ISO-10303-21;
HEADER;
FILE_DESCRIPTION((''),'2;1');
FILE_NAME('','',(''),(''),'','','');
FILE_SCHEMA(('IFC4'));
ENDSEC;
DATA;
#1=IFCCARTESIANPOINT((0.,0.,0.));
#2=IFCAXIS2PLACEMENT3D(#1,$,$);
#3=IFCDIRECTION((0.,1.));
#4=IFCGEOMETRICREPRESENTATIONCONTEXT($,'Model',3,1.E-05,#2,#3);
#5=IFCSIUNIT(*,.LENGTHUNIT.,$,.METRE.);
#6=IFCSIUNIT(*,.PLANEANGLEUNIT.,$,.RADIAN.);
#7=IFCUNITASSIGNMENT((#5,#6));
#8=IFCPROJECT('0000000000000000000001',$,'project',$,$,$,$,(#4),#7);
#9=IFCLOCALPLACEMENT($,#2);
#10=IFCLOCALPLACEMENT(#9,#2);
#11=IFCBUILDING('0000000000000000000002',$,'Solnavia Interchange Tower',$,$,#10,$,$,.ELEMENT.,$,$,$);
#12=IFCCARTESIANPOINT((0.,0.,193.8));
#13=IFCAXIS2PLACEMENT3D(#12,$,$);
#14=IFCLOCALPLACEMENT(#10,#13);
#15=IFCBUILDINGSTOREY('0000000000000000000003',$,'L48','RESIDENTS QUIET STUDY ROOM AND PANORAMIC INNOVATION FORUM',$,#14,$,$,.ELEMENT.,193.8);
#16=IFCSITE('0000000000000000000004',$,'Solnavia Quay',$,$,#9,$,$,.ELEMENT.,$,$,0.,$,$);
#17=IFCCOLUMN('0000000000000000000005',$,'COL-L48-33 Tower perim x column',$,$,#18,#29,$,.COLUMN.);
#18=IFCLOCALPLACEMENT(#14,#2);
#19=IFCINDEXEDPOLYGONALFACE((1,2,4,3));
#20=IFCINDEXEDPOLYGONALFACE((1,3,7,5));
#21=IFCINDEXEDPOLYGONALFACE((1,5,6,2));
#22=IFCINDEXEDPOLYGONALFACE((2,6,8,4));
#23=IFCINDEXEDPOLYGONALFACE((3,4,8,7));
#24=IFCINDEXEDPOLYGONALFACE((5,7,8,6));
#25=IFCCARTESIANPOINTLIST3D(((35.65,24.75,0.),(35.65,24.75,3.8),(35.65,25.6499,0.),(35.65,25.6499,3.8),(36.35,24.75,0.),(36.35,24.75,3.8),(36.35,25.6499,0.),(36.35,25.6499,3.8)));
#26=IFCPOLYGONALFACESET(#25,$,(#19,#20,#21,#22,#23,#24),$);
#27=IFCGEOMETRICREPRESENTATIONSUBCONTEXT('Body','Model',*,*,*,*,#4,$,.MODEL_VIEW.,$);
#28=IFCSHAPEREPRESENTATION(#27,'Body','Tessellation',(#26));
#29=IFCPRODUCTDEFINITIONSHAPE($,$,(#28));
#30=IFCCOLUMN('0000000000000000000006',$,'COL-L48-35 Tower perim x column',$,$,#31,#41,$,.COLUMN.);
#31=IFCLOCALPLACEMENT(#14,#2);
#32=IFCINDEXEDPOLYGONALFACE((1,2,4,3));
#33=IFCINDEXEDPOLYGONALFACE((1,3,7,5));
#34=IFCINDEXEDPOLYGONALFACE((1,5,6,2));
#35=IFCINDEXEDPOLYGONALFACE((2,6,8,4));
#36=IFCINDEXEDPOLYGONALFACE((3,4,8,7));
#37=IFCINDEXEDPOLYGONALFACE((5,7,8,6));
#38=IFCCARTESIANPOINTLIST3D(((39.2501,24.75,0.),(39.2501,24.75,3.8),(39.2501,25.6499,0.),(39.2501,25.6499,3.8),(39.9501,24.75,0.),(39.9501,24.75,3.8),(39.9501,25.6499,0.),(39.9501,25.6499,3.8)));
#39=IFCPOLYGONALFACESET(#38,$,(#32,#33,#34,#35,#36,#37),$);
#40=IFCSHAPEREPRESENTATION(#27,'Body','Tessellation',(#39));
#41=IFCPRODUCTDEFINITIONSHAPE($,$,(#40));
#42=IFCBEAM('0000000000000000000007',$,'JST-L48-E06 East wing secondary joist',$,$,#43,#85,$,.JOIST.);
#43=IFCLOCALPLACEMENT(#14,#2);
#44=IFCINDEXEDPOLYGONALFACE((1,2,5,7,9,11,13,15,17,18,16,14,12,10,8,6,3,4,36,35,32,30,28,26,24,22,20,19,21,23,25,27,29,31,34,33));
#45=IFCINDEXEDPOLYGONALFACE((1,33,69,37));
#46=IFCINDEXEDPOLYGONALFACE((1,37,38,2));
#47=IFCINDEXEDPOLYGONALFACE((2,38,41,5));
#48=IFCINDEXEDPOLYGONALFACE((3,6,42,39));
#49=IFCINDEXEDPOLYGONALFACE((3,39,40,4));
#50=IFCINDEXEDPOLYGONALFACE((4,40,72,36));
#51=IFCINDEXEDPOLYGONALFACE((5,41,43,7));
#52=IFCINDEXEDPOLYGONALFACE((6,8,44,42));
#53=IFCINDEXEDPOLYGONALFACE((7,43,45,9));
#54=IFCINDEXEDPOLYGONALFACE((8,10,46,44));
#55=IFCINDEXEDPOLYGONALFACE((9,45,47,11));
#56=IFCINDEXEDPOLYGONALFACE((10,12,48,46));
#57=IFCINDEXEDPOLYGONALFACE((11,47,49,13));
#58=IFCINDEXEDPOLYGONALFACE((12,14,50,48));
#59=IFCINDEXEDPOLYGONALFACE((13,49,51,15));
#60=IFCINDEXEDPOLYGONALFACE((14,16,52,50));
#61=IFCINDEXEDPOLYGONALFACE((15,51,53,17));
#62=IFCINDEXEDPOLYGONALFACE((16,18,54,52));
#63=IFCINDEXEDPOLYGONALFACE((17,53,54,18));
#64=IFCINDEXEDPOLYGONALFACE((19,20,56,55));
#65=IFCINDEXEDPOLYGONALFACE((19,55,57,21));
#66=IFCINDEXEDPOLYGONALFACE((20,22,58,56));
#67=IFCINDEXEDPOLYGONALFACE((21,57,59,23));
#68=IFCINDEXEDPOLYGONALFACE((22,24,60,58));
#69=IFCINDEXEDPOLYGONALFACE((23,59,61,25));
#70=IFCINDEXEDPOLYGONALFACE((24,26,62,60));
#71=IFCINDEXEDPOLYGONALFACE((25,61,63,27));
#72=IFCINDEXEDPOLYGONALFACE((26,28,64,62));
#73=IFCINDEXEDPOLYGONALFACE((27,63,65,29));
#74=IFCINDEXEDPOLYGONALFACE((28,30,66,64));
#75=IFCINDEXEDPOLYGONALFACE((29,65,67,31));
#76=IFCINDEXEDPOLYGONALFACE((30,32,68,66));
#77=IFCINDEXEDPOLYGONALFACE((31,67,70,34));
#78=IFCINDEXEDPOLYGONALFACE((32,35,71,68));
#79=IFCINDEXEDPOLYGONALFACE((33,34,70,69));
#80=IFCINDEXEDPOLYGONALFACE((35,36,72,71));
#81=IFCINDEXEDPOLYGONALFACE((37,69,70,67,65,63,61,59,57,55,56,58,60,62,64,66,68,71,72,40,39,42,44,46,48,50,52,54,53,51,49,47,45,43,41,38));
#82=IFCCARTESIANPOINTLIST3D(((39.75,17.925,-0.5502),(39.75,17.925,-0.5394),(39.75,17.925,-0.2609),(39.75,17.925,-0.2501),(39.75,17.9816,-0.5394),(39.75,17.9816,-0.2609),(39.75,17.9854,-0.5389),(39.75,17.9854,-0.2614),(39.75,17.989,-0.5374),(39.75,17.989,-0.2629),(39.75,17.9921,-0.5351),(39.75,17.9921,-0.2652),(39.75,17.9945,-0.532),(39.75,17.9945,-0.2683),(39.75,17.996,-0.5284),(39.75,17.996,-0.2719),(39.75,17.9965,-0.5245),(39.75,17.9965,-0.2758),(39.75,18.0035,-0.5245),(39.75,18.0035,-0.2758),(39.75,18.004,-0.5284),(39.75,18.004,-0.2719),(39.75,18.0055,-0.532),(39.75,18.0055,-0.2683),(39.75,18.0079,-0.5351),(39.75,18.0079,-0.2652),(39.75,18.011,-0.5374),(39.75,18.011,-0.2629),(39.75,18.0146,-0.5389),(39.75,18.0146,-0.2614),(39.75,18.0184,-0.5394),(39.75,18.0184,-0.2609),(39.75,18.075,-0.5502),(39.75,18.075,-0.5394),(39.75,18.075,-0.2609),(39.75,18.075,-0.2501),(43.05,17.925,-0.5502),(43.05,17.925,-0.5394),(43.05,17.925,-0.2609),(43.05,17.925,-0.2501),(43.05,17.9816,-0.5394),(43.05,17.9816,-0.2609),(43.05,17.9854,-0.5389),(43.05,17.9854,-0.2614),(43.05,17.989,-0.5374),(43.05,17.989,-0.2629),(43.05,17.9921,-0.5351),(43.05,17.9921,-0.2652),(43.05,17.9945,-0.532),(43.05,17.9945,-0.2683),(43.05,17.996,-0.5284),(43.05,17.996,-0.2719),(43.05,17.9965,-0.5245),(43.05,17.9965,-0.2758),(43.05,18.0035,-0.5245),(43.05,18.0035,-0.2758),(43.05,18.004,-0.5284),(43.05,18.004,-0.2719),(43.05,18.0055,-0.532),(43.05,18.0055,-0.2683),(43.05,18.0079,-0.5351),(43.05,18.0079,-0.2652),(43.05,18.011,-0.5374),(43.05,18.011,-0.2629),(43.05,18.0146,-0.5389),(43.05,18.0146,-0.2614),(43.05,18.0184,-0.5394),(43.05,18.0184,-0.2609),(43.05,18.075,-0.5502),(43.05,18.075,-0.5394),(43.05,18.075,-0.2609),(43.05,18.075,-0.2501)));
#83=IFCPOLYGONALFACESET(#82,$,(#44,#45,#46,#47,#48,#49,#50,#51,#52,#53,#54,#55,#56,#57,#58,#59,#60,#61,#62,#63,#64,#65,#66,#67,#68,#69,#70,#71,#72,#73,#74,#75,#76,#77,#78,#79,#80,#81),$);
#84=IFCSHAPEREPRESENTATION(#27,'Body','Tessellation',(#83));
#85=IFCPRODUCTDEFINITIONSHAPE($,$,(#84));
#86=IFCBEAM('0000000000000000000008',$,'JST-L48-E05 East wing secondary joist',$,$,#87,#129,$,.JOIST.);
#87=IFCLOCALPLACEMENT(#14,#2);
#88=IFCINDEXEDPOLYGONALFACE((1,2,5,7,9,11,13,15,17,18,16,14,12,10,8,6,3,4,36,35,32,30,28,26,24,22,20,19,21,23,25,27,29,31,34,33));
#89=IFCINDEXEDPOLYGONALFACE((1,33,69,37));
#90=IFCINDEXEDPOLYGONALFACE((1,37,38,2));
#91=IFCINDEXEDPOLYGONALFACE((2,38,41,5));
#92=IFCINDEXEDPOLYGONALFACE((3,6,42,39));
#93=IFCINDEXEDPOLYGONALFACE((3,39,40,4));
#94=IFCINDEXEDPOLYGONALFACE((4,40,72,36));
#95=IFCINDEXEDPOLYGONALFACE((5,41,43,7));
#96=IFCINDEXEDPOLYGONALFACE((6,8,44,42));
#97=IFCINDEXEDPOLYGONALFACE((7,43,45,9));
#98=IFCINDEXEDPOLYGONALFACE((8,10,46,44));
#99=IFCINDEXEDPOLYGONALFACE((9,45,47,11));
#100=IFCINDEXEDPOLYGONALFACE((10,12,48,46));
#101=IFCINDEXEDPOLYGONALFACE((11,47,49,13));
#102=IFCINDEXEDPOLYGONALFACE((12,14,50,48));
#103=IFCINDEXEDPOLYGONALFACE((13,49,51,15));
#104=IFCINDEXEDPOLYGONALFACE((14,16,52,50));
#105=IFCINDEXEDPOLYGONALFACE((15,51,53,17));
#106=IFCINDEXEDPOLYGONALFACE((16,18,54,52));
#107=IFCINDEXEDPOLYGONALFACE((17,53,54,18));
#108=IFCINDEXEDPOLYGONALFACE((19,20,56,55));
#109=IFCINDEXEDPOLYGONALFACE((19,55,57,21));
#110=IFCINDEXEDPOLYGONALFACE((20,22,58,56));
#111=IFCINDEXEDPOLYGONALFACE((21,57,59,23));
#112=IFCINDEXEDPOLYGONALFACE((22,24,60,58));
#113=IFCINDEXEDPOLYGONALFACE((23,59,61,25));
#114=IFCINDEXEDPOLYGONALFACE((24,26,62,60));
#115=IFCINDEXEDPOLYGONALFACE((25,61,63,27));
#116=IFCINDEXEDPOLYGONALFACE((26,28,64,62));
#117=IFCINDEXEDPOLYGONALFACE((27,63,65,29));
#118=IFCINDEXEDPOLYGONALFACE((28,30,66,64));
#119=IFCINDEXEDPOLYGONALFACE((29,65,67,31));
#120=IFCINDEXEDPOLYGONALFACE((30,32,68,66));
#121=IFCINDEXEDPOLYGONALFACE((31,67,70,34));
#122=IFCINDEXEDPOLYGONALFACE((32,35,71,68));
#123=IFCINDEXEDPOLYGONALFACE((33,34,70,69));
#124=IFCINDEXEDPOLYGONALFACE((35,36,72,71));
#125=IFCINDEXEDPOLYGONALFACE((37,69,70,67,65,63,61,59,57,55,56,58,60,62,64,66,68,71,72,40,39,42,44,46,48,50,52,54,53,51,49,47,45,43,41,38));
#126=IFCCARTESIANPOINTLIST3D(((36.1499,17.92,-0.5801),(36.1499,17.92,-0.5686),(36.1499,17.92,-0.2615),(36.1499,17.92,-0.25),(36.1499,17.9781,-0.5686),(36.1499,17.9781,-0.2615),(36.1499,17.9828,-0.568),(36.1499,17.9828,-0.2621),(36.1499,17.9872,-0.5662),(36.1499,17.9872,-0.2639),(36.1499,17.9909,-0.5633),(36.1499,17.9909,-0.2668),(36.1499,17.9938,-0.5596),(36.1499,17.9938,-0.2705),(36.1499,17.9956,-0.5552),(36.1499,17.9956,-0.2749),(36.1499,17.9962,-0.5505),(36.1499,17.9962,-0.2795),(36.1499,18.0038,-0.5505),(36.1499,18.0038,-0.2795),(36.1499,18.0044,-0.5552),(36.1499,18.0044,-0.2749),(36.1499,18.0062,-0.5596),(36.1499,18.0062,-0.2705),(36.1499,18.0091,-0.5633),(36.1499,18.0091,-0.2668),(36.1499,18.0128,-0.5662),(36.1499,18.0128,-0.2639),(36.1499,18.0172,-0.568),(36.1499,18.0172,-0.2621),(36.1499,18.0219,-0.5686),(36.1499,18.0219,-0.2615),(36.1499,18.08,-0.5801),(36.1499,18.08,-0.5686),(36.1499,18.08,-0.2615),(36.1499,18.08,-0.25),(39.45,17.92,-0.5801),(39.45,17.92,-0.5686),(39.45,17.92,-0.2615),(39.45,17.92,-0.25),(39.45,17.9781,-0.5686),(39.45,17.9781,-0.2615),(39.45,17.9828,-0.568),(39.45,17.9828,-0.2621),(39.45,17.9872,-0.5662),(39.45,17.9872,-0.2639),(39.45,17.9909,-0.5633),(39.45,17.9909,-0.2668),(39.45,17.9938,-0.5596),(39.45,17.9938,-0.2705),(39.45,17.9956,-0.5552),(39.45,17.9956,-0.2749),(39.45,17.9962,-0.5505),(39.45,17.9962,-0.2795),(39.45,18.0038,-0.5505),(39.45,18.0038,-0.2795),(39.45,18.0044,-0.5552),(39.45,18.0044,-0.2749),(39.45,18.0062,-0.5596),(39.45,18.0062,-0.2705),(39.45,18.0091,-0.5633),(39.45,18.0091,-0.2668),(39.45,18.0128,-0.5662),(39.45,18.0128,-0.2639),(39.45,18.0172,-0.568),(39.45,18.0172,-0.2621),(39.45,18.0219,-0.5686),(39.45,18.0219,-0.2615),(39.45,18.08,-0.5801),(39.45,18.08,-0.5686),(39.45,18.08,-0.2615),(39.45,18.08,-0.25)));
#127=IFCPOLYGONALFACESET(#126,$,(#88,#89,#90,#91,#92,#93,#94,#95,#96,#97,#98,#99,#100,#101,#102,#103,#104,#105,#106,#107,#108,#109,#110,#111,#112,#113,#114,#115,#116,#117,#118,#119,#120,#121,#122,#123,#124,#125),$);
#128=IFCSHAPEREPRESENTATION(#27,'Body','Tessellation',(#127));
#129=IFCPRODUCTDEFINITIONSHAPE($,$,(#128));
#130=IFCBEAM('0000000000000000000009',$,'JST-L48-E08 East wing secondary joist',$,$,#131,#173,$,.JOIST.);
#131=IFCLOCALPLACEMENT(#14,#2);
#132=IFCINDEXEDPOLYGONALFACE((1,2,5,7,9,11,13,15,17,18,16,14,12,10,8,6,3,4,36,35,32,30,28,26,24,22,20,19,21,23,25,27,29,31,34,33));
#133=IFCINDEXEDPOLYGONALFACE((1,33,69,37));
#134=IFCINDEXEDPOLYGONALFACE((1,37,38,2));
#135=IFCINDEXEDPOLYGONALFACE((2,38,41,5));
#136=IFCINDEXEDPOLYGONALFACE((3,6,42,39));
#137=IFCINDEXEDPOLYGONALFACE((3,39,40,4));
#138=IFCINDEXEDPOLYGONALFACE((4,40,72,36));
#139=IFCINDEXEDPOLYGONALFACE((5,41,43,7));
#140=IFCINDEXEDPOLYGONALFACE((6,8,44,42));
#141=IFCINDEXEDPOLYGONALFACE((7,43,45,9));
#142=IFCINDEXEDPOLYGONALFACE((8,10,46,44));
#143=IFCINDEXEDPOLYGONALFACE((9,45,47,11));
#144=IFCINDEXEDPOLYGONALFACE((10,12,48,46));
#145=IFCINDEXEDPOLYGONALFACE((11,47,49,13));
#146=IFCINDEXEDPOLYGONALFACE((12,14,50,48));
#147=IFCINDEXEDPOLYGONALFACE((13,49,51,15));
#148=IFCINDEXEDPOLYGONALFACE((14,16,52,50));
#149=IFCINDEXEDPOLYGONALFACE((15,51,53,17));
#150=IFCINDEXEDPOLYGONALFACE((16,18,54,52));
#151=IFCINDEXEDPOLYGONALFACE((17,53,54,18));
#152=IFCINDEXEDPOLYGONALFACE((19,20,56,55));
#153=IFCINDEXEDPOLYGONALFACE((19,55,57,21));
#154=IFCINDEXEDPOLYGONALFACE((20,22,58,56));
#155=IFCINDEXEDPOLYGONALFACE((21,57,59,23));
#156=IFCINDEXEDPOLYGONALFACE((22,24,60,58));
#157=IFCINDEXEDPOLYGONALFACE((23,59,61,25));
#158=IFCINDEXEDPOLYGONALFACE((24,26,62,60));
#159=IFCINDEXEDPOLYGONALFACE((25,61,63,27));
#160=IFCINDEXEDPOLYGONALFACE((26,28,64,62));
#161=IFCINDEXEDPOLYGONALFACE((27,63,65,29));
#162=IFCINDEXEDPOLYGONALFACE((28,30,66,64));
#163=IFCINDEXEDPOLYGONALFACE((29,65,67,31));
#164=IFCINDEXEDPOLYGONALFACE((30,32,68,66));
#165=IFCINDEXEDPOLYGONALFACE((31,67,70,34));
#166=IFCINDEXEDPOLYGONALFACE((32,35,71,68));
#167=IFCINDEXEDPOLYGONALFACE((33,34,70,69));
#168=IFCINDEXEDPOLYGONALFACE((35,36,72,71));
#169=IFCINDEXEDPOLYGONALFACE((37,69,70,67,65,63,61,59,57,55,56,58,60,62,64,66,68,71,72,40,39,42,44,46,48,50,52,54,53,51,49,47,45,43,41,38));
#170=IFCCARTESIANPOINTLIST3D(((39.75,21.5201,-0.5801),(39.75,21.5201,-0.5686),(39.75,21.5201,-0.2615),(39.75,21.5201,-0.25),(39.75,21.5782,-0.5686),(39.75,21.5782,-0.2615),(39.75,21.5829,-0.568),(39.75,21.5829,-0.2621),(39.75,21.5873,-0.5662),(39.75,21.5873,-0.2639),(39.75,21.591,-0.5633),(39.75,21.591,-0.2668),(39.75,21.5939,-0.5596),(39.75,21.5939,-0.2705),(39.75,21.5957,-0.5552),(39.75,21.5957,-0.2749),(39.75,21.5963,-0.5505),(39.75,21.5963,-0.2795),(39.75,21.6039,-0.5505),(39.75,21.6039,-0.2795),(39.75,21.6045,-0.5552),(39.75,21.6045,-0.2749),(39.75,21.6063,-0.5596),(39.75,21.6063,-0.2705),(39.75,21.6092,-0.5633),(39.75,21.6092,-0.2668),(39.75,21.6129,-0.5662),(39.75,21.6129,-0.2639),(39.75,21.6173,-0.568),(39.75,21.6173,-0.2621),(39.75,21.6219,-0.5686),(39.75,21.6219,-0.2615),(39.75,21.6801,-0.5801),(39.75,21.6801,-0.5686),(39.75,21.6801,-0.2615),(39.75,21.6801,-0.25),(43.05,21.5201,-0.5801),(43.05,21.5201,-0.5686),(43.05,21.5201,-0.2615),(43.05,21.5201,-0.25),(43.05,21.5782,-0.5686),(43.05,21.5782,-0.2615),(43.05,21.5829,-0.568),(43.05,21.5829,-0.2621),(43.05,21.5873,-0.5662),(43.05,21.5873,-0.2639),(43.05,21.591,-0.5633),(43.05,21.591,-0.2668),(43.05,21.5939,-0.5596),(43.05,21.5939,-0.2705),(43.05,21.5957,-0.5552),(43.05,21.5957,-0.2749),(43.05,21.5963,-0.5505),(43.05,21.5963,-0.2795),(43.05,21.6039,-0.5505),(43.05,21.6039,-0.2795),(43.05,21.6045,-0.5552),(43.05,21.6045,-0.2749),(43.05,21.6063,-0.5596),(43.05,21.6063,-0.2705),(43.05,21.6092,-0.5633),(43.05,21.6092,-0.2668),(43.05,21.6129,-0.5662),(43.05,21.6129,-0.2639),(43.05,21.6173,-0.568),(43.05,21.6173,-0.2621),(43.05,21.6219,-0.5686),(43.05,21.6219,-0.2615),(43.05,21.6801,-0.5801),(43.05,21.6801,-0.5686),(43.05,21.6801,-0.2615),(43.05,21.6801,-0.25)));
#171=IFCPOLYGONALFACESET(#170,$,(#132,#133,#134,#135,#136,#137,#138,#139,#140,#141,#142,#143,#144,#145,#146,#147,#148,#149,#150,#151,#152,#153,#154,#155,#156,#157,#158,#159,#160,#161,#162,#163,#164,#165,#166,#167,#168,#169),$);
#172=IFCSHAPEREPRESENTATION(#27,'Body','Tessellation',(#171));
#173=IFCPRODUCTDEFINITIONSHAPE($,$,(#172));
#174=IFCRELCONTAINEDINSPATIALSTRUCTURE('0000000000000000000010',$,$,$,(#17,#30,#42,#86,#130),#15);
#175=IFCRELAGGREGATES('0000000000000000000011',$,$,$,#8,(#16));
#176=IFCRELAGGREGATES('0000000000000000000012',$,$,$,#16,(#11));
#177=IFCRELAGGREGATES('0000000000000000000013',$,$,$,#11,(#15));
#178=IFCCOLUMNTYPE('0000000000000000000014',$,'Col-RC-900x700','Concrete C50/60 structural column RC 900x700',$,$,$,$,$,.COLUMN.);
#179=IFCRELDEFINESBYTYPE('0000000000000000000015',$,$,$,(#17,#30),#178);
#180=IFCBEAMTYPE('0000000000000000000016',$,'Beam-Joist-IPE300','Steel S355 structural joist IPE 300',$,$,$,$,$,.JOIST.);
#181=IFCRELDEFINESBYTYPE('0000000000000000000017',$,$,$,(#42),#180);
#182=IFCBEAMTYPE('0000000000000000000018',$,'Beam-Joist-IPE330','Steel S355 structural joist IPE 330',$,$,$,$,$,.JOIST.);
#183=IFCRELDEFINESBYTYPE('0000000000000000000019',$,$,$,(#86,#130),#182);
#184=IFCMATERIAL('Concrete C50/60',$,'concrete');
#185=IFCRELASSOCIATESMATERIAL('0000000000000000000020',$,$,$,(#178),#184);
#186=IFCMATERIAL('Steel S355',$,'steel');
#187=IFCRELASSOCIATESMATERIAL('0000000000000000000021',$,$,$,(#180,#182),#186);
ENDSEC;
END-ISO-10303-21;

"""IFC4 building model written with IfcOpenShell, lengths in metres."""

from ifc_helpers import new_model, si_unit, direction, frame, origin, origin_2d, place, context, subcontext, project, spatial, rectangle, i_section, extrude, material, material_profile, profile_set, type_object, element, save


model = new_model("IFC4")

# Units and contexts
model_context = context("Model", 3, precision=1e-05, world=origin(), true_north=direction((0.0, 1.0)))
body_context = subcontext(model_context, "Body", "Model", "MODEL_VIEW")
ifc_project = project(units=[si_unit("LENGTHUNIT", "METRE"), si_unit("PLANEANGLEUNIT", "RADIAN")], contexts=[model_context])

# Site, building, storey
site_placement = place(None, origin())
site = spatial("IfcSite", under=ifc_project, at=site_placement, Name="Solnavia Quay", CompositionType="ELEMENT", RefElevation=0.0)
building_placement = place(site_placement, origin())
building = spatial("IfcBuilding", under=site, at=building_placement, Name="Solnavia Interchange Tower", CompositionType="ELEMENT")
storey_placement = place(building_placement, frame((0.0, 0.0, 193.8)))
storey = spatial("IfcBuildingStorey", under=building, at=storey_placement, Name="L48", Description="RESIDENTS QUIET STUDY ROOM AND PANORAMIC INNOVATION FORUM", CompositionType="ELEMENT", Elevation=193.8)

# Columns
ifc_material_1 = material(Name="Concrete C50/60", Category="concrete")
ifc_material_profile_1 = material_profile(ifc_material_1, rectangle(XDim=0.7, YDim=0.8999, at=origin_2d()), Name="RC 900x700")
ifc_profile_set_1 = profile_set([ifc_material_profile_1], Name="Concrete C50/60")
column_type = type_object("IfcColumnType", Name="Col-RC-900x700", Description="Concrete C50/60 structural column RC 900x700", PredefinedType="COLUMN", material=ifc_profile_set_1)
for number, where, z_axis, x_axis, name in (
    (1, (36.0, 25.2, 0.0), (0.0, 0.0, 1.0), (1.0, 0.0, 0.0), "COL-L48-33 Tower perim x column"),
    (2, (39.6001, 25.2, 0.0), (0.0, 0.0, 1.0), (1.0, 0.0, 0.0), "COL-L48-35 Tower perim x column"),
):
    element("IfcColumn", number, at=place(storey_placement, frame(where, z_axis=z_axis, x_axis=x_axis)), inside=storey, type_object=column_type, Name=name, PredefinedType="COLUMN", context=body_context, shape_type="SweptSolid", body=[
        extrude(rectangle(XDim=0.7, YDim=0.8999, at=origin_2d()), origin(), (0.0, 0.0, 1.0), 3.8),
    ])

# Beams
ifc_material_2 = material(Name="Steel S355", Category="steel")
ifc_material_profile_2 = material_profile(ifc_material_2, i_section(OverallWidth=0.1499, OverallDepth=0.3, WebThickness=0.0071, FlangeThickness=0.0107, FilletRadius=0.0149, at=origin_2d()), Name="IPE 300")
ifc_profile_set_2 = profile_set([ifc_material_profile_2], Name="Steel S355")
beam_type_1 = type_object("IfcBeamType", Name="Beam-Joist-IPE300", Description="Steel S355 structural joist IPE 300", PredefinedType="JOIST", material=ifc_profile_set_2)
beam_1_placement = place(storey_placement, frame((39.75, 18.0, -0.4001), z_axis=(1.0, 0.0, 0.0), x_axis=(0.0, 1.0, 0.0)))
element("IfcBeam", 3, at=beam_1_placement, inside=storey, type_object=beam_type_1, Name="JST-L48-E06 East wing secondary joist", PredefinedType="JOIST", context=body_context, shape_type="SweptSolid", body=[
    extrude(i_section(OverallWidth=0.1499, OverallDepth=0.3, WebThickness=0.0071, FlangeThickness=0.0107, FilletRadius=0.0149, at=origin_2d()), origin(), (0.0, 0.0, 1.0), 3.3),
])
ifc_material_profile_3 = material_profile(ifc_material_2, i_section(OverallWidth=0.1599, OverallDepth=0.3301, WebThickness=0.0076, FlangeThickness=0.0115, FilletRadius=0.0181, at=origin_2d()), Name="IPE 330")
ifc_profile_set_3 = profile_set([ifc_material_profile_3], Name="Steel S355")
beam_type_2 = type_object("IfcBeamType", Name="Beam-Joist-IPE330", Description="Steel S355 structural joist IPE 330", PredefinedType="JOIST", material=ifc_profile_set_3)
for number, where, z_axis, x_axis, name in (
    (4, (36.1499, 18.0, -0.415), (1.0, 0.0, 0.0), (0.0, 1.0, 0.0), "JST-L48-E05 East wing secondary joist"),
    (5, (39.75, 21.6001, -0.415), (1.0, 0.0, 0.0), (0.0, 1.0, 0.0), "JST-L48-E08 East wing secondary joist"),
):
    element("IfcBeam", number, at=place(storey_placement, frame(where, z_axis=z_axis, x_axis=x_axis)), inside=storey, type_object=beam_type_2, Name=name, PredefinedType="JOIST", context=body_context, shape_type="SweptSolid", body=[
        extrude(i_section(OverallWidth=0.1599, OverallDepth=0.3301, WebThickness=0.0076, FlangeThickness=0.0115, FilletRadius=0.0181, at=origin_2d()), origin(), (0.0, 0.0, 1.0), 3.3),
    ])

save(model, "model.ifc")
